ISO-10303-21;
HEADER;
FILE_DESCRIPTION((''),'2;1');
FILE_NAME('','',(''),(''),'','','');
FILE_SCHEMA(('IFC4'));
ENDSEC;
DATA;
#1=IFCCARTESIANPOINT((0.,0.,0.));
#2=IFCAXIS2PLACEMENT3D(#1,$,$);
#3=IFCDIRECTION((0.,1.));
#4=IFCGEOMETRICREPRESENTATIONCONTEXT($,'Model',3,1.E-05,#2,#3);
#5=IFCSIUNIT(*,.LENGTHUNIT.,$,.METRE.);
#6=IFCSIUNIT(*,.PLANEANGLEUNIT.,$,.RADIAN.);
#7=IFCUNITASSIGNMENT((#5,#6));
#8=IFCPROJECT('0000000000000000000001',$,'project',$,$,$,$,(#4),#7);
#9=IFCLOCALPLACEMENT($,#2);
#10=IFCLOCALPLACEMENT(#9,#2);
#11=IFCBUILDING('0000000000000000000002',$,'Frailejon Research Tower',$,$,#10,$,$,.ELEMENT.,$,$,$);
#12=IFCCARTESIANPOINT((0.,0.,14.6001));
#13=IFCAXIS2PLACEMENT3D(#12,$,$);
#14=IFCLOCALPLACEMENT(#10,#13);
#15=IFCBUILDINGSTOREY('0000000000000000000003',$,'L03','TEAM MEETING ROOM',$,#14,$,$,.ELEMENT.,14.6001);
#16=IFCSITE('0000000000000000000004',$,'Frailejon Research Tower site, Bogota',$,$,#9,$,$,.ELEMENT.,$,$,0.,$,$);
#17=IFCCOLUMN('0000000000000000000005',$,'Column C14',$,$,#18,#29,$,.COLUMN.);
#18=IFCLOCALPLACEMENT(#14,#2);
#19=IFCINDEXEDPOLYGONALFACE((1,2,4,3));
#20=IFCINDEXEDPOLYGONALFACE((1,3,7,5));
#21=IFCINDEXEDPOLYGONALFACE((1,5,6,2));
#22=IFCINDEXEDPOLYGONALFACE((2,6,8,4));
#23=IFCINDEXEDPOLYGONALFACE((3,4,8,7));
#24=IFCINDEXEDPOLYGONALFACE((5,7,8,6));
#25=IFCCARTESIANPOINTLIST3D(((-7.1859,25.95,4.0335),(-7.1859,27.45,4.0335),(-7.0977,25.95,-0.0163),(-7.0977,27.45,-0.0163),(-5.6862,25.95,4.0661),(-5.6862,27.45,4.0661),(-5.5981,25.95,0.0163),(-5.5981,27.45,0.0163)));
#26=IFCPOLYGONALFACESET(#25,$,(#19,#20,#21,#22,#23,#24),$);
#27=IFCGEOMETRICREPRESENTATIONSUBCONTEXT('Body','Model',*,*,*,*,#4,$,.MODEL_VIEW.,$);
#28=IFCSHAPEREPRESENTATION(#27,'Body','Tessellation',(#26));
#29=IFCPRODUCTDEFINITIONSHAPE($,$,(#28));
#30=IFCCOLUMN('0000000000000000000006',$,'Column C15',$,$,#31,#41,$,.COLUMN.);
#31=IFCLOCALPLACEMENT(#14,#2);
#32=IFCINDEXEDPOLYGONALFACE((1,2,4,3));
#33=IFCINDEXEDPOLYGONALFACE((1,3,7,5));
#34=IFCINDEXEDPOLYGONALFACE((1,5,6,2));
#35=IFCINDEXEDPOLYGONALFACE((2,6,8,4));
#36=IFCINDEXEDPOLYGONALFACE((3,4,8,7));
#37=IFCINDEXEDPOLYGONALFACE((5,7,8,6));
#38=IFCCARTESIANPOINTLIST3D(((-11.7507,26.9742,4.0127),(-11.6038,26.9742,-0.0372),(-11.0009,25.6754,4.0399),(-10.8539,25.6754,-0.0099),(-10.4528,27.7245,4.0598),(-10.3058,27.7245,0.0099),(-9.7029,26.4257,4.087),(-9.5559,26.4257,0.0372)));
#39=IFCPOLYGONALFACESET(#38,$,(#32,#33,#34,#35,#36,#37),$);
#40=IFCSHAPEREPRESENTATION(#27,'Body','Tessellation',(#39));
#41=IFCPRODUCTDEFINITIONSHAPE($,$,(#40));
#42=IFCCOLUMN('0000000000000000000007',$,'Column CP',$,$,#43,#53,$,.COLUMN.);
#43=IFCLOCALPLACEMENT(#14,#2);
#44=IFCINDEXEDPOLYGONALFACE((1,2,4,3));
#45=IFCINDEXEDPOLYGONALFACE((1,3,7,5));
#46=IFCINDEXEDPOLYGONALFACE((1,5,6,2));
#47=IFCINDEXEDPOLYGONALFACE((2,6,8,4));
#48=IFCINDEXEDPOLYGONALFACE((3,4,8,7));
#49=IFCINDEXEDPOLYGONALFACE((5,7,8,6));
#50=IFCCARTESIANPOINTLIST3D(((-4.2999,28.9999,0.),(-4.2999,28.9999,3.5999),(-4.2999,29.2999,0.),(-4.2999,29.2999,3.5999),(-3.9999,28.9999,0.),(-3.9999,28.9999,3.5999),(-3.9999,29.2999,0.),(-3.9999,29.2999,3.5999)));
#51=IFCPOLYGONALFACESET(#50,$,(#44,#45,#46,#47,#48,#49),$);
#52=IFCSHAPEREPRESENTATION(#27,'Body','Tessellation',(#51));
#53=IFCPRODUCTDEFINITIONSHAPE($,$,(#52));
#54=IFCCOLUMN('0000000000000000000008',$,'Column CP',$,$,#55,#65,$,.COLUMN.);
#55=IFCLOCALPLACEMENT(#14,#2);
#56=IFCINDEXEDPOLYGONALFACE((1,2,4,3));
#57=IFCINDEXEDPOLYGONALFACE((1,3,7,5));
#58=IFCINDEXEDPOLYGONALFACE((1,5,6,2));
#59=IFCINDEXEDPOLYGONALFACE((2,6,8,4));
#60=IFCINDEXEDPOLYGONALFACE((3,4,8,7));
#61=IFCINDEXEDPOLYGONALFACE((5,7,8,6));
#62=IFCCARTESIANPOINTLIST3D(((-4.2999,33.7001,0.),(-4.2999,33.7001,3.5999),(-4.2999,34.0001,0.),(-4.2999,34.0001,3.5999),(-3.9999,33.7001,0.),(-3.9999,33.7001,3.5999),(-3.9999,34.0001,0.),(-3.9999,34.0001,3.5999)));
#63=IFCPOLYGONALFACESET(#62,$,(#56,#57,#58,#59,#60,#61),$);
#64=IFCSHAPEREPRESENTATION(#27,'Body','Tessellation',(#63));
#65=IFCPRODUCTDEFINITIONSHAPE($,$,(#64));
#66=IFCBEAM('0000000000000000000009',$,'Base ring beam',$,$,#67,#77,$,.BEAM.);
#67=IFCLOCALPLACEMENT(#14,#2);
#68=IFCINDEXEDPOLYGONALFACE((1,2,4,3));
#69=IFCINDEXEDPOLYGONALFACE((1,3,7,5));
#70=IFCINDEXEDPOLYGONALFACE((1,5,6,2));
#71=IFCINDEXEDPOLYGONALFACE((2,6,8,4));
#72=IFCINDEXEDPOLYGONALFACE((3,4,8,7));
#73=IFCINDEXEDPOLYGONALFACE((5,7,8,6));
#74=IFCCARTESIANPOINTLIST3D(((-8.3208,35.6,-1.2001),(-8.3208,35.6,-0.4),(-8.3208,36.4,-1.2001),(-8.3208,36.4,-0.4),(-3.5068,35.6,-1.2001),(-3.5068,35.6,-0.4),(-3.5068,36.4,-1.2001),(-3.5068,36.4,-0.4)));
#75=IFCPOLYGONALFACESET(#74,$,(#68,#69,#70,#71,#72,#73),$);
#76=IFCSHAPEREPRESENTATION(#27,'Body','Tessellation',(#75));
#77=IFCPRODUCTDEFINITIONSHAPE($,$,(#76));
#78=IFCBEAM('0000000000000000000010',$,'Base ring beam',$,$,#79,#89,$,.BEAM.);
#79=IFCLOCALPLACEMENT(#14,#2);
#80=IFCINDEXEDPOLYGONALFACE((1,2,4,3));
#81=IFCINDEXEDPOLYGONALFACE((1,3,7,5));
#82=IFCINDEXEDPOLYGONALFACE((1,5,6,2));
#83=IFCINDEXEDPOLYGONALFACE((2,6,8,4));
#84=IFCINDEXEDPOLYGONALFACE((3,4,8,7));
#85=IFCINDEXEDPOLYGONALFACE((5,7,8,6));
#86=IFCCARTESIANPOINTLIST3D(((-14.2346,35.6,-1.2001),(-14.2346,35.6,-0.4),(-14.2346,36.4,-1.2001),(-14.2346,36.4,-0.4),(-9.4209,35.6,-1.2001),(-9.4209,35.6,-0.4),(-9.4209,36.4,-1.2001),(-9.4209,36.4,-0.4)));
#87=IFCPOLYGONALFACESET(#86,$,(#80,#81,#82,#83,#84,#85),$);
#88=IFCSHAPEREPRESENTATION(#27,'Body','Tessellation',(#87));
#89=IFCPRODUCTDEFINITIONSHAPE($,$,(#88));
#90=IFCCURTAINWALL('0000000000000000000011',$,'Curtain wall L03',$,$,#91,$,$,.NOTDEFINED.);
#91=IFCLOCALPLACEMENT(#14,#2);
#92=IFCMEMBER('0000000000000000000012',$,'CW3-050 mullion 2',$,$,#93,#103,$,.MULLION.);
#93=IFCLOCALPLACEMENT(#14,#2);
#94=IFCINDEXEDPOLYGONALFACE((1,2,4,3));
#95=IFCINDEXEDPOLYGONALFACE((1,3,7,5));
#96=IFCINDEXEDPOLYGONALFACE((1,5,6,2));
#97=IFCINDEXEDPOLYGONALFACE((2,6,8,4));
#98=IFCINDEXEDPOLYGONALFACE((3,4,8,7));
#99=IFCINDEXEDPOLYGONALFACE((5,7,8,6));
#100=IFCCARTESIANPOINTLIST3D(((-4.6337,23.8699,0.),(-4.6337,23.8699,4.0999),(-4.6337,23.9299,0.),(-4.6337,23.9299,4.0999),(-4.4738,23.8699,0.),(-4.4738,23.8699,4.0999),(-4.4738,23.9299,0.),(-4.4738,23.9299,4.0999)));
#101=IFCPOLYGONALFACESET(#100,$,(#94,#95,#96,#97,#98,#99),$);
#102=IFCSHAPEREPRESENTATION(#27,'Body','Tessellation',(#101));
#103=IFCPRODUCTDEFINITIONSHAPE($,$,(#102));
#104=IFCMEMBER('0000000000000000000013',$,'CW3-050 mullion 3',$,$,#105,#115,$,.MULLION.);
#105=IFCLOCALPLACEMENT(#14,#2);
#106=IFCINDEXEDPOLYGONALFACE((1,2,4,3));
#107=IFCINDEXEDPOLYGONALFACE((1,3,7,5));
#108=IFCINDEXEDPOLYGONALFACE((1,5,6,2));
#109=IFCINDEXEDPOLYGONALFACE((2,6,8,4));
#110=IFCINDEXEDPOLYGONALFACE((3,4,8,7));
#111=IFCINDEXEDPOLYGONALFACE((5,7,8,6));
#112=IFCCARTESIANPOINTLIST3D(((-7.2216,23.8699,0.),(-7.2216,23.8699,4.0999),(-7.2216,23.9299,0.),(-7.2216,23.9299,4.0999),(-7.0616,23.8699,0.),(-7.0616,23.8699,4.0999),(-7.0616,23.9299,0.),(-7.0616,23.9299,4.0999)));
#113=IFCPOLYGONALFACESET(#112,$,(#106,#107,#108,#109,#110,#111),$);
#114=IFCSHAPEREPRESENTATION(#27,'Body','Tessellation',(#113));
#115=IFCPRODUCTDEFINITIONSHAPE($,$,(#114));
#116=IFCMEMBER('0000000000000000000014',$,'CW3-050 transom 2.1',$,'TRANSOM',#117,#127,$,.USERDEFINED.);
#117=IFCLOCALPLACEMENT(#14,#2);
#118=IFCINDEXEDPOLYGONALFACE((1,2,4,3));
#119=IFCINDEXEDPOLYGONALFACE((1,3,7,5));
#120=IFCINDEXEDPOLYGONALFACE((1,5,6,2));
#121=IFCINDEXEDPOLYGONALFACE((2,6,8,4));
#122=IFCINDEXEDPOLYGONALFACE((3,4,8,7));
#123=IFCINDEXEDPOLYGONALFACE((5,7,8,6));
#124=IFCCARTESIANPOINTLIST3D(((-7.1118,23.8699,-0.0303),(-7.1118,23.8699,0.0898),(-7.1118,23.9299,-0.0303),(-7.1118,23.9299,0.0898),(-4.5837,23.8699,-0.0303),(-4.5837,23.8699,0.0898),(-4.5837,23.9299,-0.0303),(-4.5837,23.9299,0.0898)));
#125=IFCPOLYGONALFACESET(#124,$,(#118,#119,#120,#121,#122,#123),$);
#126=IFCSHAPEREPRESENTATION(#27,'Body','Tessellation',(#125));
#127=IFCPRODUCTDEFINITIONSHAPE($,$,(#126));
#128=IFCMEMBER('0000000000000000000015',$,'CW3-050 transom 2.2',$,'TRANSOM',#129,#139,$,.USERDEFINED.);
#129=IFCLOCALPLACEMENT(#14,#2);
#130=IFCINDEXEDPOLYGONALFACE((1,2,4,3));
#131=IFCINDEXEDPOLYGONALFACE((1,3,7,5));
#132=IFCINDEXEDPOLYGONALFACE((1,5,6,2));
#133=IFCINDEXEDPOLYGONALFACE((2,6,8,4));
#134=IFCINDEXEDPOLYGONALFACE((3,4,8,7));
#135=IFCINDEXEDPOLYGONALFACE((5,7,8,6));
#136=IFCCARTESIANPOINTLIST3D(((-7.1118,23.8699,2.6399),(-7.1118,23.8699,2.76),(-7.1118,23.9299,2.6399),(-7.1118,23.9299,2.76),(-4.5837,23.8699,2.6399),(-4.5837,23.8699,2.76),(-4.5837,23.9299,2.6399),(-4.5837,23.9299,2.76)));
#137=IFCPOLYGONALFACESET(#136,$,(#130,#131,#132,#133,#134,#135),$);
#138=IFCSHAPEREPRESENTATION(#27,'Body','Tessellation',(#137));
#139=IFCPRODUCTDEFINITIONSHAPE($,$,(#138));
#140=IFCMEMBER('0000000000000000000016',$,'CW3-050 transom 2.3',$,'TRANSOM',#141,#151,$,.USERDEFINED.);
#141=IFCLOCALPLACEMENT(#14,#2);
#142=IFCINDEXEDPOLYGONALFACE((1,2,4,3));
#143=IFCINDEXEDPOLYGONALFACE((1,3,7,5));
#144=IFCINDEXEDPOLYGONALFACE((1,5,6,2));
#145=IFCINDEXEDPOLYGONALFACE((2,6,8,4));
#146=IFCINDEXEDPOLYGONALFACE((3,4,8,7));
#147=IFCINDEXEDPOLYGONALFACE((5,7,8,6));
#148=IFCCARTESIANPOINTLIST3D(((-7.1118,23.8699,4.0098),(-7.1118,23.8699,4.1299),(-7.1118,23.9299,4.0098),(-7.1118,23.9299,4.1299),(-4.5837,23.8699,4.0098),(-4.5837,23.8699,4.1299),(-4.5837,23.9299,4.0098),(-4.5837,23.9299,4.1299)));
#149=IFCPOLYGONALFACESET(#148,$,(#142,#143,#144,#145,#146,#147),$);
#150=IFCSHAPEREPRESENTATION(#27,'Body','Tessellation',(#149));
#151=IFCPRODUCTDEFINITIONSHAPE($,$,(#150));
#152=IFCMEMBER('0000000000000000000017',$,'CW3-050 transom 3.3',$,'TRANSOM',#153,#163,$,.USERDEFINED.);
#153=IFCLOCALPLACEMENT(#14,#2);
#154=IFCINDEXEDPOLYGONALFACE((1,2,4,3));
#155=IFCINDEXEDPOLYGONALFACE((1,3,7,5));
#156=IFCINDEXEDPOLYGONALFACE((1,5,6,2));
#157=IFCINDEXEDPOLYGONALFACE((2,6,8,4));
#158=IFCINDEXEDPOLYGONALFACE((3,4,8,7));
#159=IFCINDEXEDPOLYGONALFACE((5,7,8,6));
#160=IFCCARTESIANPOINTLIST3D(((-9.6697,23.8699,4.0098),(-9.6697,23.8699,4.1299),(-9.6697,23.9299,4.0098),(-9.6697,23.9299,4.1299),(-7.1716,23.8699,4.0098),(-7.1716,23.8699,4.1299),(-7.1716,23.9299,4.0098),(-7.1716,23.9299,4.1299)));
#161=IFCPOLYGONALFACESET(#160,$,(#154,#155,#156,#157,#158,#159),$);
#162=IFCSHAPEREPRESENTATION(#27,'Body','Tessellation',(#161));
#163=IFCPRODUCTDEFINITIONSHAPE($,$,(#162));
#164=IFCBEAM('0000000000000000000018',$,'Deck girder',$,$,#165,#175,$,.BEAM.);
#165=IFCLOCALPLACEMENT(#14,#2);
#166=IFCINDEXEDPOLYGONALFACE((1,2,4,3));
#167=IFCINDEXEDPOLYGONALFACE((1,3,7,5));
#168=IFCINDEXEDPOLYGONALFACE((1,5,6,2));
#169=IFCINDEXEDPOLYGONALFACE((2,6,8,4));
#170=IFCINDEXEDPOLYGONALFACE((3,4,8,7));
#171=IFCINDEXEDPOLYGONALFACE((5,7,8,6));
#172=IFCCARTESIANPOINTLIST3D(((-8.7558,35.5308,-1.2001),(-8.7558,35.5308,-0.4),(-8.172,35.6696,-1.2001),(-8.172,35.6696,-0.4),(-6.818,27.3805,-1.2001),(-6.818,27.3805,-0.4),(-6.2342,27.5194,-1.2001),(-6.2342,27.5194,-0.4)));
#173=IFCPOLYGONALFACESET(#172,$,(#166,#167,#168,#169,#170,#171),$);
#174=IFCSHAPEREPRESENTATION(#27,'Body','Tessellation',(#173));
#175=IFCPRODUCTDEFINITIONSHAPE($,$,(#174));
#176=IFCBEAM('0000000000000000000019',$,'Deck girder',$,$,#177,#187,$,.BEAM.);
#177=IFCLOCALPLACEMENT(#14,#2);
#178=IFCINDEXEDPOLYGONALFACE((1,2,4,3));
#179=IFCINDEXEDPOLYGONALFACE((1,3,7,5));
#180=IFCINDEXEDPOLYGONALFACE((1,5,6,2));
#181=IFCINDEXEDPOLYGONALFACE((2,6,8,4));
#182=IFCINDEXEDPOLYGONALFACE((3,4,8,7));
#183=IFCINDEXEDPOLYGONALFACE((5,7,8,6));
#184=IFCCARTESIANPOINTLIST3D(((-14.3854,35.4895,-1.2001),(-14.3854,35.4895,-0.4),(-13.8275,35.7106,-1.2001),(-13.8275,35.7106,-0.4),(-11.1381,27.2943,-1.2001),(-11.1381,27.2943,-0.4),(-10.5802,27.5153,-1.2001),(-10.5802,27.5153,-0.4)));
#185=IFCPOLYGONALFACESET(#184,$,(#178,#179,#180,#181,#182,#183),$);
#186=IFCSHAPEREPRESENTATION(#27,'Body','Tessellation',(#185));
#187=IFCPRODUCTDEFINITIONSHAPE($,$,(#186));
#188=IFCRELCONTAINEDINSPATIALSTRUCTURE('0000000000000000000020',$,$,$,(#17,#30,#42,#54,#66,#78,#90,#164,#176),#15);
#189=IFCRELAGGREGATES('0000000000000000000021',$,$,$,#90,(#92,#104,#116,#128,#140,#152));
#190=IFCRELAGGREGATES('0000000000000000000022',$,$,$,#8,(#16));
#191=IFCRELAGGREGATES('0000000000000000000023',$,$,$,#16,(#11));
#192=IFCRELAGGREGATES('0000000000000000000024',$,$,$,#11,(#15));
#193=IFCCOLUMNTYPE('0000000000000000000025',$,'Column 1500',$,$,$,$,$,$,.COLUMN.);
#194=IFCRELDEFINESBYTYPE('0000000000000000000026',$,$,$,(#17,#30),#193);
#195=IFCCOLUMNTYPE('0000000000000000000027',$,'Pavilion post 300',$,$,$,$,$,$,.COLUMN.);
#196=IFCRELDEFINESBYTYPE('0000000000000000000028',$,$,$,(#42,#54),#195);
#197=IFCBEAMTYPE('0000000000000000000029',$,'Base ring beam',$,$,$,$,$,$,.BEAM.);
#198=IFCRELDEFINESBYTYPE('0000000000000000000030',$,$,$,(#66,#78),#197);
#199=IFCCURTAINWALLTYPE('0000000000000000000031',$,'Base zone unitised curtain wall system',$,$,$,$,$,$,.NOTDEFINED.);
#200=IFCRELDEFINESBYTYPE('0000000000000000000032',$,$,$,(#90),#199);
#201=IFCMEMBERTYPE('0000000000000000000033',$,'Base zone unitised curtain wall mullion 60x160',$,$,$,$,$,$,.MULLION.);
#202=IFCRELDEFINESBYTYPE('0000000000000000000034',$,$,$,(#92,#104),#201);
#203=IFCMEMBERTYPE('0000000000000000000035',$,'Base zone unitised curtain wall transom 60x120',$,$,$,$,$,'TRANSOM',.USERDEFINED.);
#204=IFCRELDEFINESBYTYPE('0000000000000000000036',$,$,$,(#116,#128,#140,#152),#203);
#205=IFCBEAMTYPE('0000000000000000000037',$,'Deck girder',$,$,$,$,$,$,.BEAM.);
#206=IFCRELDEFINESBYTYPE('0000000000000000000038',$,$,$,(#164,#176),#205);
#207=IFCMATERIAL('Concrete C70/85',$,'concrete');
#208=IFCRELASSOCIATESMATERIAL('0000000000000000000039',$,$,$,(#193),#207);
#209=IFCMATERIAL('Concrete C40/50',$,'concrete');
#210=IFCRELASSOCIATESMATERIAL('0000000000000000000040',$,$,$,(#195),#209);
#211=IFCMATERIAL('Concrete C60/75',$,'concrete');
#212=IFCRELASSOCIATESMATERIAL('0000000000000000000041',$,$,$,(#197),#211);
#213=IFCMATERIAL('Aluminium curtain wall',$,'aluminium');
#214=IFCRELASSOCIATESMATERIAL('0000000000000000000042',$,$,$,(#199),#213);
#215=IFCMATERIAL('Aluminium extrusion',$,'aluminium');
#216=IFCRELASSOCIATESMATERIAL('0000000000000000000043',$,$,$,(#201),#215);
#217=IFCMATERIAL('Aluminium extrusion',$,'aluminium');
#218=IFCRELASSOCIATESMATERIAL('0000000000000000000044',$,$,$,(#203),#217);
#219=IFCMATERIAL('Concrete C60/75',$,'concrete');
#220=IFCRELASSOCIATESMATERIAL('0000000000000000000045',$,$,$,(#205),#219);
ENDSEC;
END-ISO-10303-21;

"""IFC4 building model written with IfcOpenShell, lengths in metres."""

from ifc_helpers import new_model, si_unit, direction, frame, origin, origin_2d, place, context, subcontext, project, spatial, rectangle, extrude, material, material_profile, profile_set, type_object, element, aggregate, save


model = new_model("IFC4")

# Units and contexts
model_context = context("Model", 3, precision=1e-05, world=origin(), true_north=direction((0.0, 1.0)))
body_context = subcontext(model_context, "Body", "Model", "MODEL_VIEW")
ifc_project = project(units=[si_unit("LENGTHUNIT", "METRE"), si_unit("PLANEANGLEUNIT", "RADIAN")], contexts=[model_context])

# Site, building, storey
site_placement = place(None, origin())
site = spatial("IfcSite", under=ifc_project, at=site_placement, Name="Frailejon Research Tower site, Bogota", CompositionType="ELEMENT", RefElevation=0.0)
building_placement = place(site_placement, origin())
building = spatial("IfcBuilding", under=site, at=building_placement, Name="Frailejon Research Tower", CompositionType="ELEMENT")
storey_placement = place(building_placement, frame((0.0, 0.0, 14.6001)))
storey = spatial("IfcBuildingStorey", under=building, at=storey_placement, Name="L03", Description="TEAM MEETING ROOM", CompositionType="ELEMENT", Elevation=14.6001)

# Columns
ifc_material_1 = material(Name="Concrete C70/85", Category="concrete")
ifc_material_profile_1 = material_profile(ifc_material_1, rectangle(XDim=1.5, YDim=1.5, at=origin_2d()), Name="Column 1500")
ifc_profile_set_1 = profile_set([ifc_material_profile_1], Name="Concrete C70/85")
column_type_1 = type_object("IfcColumnType", Name="Column 1500", PredefinedType="COLUMN", material=ifc_profile_set_1)
column_1_placement = place(storey_placement, frame((-6.3479, 26.7, 0.0), z_axis=(-0.021758, 0.0, 0.999763), x_axis=(-0.999763, 0.0, -0.021758)))
element("IfcColumn", 1, at=column_1_placement, inside=storey, type_object=column_type_1, Name="Column C14", PredefinedType="COLUMN", context=body_context, shape_type="SweptSolid", body=[
    extrude(rectangle(XDim=1.5, YDim=1.5, at=origin_2d()), origin(), (0.0, 0.0, 1.0), 4.0508),
])
column_2_placement = place(storey_placement, frame((-10.5798, 26.7, 0.0), z_axis=(-0.036267, 0.0, 0.999342), x_axis=(-0.865313, -0.500246, -0.031403)))
element("IfcColumn", 2, at=column_2_placement, inside=storey, type_object=column_type_1, Name="Column C15", PredefinedType="COLUMN", context=body_context, shape_type="SweptSolid", body=[
    extrude(rectangle(XDim=1.5, YDim=1.5, at=origin_2d()), origin(), (0.0, 0.0, 1.0), 4.0525),
])
ifc_material_2 = material(Name="Concrete C40/50", Category="concrete")
ifc_material_profile_2 = material_profile(ifc_material_2, rectangle(XDim=0.3, YDim=0.3, at=origin_2d()), Name="Pavilion post 300")
ifc_profile_set_2 = profile_set([ifc_material_profile_2], Name="Concrete C40/50")
column_type_2 = type_object("IfcColumnType", Name="Pavilion post 300", PredefinedType="COLUMN", material=ifc_profile_set_2)
for number, where, z_axis, x_axis, name in (
    (3, (-4.1499, 29.1499, 0.0), (0.0, 0.0, 1.0), (1.0, 0.0, 0.0), "Column CP"),
    (4, (-4.1499, 33.8501, 0.0), (0.0, 0.0, 1.0), (1.0, 0.0, 0.0), "Column CP"),
):
    element("IfcColumn", number, at=place(storey_placement, frame(where, z_axis=z_axis, x_axis=x_axis)), inside=storey, type_object=column_type_2, Name=name, PredefinedType="COLUMN", context=body_context, shape_type="SweptSolid", body=[
        extrude(rectangle(XDim=0.3, YDim=0.3, at=origin_2d()), origin(), (0.0, 0.0, 1.0), 3.5999),
    ])

# Beams
ifc_material_3 = material(Name="Concrete C60/75", Category="concrete")
ifc_material_profile_3 = material_profile(ifc_material_3, rectangle(XDim=0.8, YDim=0.8, at=origin_2d()), Name="Base ring beam")
ifc_profile_set_3 = profile_set([ifc_material_profile_3], Name="Concrete C60/75")
beam_type_1 = type_object("IfcBeamType", Name="Base ring beam", PredefinedType="BEAM", material=ifc_profile_set_3)
beam_1_placement = place(storey_placement, frame((-3.5068, 36.0, -0.8), z_axis=(-1.0, 0.0, 0.0), x_axis=(0.0, -1.0, 0.0)))
element("IfcBeam", 5, at=beam_1_placement, inside=storey, type_object=beam_type_1, Name="Base ring beam", PredefinedType="BEAM", context=body_context, shape_type="SweptSolid", body=[
    extrude(rectangle(XDim=0.8, YDim=0.8, at=origin_2d()), origin(), (0.0, 0.0, 1.0), 4.814),
])
beam_2_placement = place(storey_placement, frame((-9.4209, 36.0, -0.8), z_axis=(-1.0, 0.0, 0.0), x_axis=(0.0, -1.0, 0.0)))
element("IfcBeam", 6, at=beam_2_placement, inside=storey, type_object=beam_type_1, Name="Base ring beam", PredefinedType="BEAM", context=body_context, shape_type="SweptSolid", body=[
    extrude(rectangle(XDim=0.8, YDim=0.8, at=origin_2d()), origin(), (0.0, 0.0, 1.0), 4.8137),
])

# Curtain wall, members
ifc_material_4 = material(Name="Aluminium curtain wall", Category="aluminium")
curtain_wall_type = type_object("IfcCurtainWallType", Name="Base zone unitised curtain wall system", PredefinedType="NOTDEFINED", material=ifc_material_4)
curtain_wall_placement = place(storey_placement, origin())
curtain_wall = element("IfcCurtainWall", 7, at=curtain_wall_placement, inside=storey, type_object=curtain_wall_type, Name="Curtain wall L03", PredefinedType="NOTDEFINED")
ifc_material_5 = material(Name="Aluminium extrusion", Category="aluminium")
ifc_material_profile_4 = material_profile(ifc_material_5, rectangle(XDim=0.0601, YDim=0.1599, at=origin_2d()), Name="Base zone unitised curtain wall mullion 60x160")
ifc_profile_set_4 = profile_set([ifc_material_profile_4], Name="Aluminium extrusion")
member_type_1 = type_object("IfcMemberType", Name="Base zone unitised curtain wall mullion 60x160", PredefinedType="MULLION", material=ifc_profile_set_4)
member_1_placement = place(storey_placement, frame((-4.5537, 23.8999, 0.0), z_axis=(0.0, 0.0, 1.0), x_axis=(0.0, -1.0, 0.0)))
member_1 = element("IfcMember", 8, at=member_1_placement, type_object=member_type_1, Name="CW3-050 mullion 2", PredefinedType="MULLION", context=body_context, shape_type="SweptSolid", body=[
    extrude(rectangle(XDim=0.0601, YDim=0.1599, at=origin_2d()), origin(), (0.0, 0.0, 1.0), 4.0999),
])
member_2_placement = place(storey_placement, frame((-7.1416, 23.8999, 0.0), z_axis=(0.0, 0.0, 1.0), x_axis=(0.0, -1.0, 0.0)))
member_2 = element("IfcMember", 9, at=member_2_placement, type_object=member_type_1, Name="CW3-050 mullion 3", PredefinedType="MULLION", context=body_context, shape_type="SweptSolid", body=[
    extrude(rectangle(XDim=0.0601, YDim=0.1599, at=origin_2d()), origin(), (0.0, 0.0, 1.0), 4.0999),
])
ifc_material_6 = material(Name="Aluminium extrusion", Category="aluminium")
ifc_material_profile_5 = material_profile(ifc_material_6, rectangle(XDim=0.0601, YDim=0.1201, at=origin_2d()), Name="Base zone unitised curtain wall transom 60x120")
ifc_profile_set_5 = profile_set([ifc_material_profile_5], Name="Aluminium extrusion")
member_type_2 = type_object("IfcMemberType", Name="Base zone unitised curtain wall transom 60x120", ElementType="TRANSOM", PredefinedType="USERDEFINED", material=ifc_profile_set_5)
member_3_placement = place(storey_placement, frame((-4.5837, 23.8999, 0.0298), z_axis=(-1.0, 0.0, 0.0), x_axis=(0.0, -1.0, 0.0)))
member_3 = element("IfcMember", 10, at=member_3_placement, type_object=member_type_2, Name="CW3-050 transom 2.1", ObjectType="TRANSOM", PredefinedType="USERDEFINED", context=body_context, shape_type="SweptSolid", body=[
    extrude(rectangle(XDim=0.0601, YDim=0.1201, at=origin_2d()), origin(), (0.0, 0.0, 1.0), 2.5281),
])
member_4_placement = place(storey_placement, frame((-4.5837, 23.8999, 2.7), z_axis=(-1.0, 0.0, 0.0), x_axis=(0.0, -1.0, 0.0)))
member_4 = element("IfcMember", 11, at=member_4_placement, type_object=member_type_2, Name="CW3-050 transom 2.2", ObjectType="TRANSOM", PredefinedType="USERDEFINED", context=body_context, shape_type="SweptSolid", body=[
    extrude(rectangle(XDim=0.0601, YDim=0.1201, at=origin_2d()), origin(), (0.0, 0.0, 1.0), 2.5281),
])
member_5_placement = place(storey_placement, frame((-4.5837, 23.8999, 4.0698), z_axis=(-1.0, 0.0, 0.0), x_axis=(0.0, -1.0, 0.0)))
member_5 = element("IfcMember", 12, at=member_5_placement, type_object=member_type_2, Name="CW3-050 transom 2.3", ObjectType="TRANSOM", PredefinedType="USERDEFINED", context=body_context, shape_type="SweptSolid", body=[
    extrude(rectangle(XDim=0.0601, YDim=0.1201, at=origin_2d()), origin(), (0.0, 0.0, 1.0), 2.5281),
])
member_6_placement = place(storey_placement, frame((-7.1716, 23.8999, 4.0698), z_axis=(-1.0, 0.0, 0.0), x_axis=(0.0, -1.0, 0.0)))
member_6 = element("IfcMember", 13, at=member_6_placement, type_object=member_type_2, Name="CW3-050 transom 3.3", ObjectType="TRANSOM", PredefinedType="USERDEFINED", context=body_context, shape_type="SweptSolid", body=[
    extrude(rectangle(XDim=0.0601, YDim=0.1201, at=origin_2d()), origin(), (0.0, 0.0, 1.0), 2.498),
])

# Beams
ifc_material_7 = material(Name="Concrete C60/75", Category="concrete")
ifc_material_profile_6 = material_profile(ifc_material_7, rectangle(XDim=0.6001, YDim=0.8, at=origin_2d()), Name="Deck girder")
ifc_profile_set_6 = profile_set([ifc_material_profile_6], Name="Concrete C60/75")
beam_type_2 = type_object("IfcBeamType", Name="Deck girder", PredefinedType="BEAM", material=ifc_profile_set_6)
beam_3_placement = place(storey_placement, frame((-6.5261, 27.45, -0.8), z_axis=(-0.231308, 0.972881, 0.0), x_axis=(-0.972881, -0.231308, 0.0)))
element("IfcBeam", 14, at=beam_3_placement, inside=storey, type_object=beam_type_2, Name="Deck girder", PredefinedType="BEAM", context=body_context, shape_type="SweptSolid", body=[
    extrude(rectangle(XDim=0.6001, YDim=0.8, at=origin_2d()), origin(), (0.0, 0.0, 1.0), 8.3774),
])
beam_4_placement = place(storey_placement, frame((-10.8591, 27.4048, -0.8), z_axis=(-0.368376, 0.929677, 0.0), x_axis=(-0.929677, -0.368376, 0.0)))
element("IfcBeam", 15, at=beam_4_placement, inside=storey, type_object=beam_type_2, Name="Deck girder", PredefinedType="BEAM", context=body_context, shape_type="SweptSolid", body=[
    extrude(rectangle(XDim=0.6001, YDim=0.8, at=origin_2d()), origin(), (0.0, 0.0, 1.0), 8.8152),
])

aggregate(curtain_wall, [member_1, member_2, member_3, member_4, member_5, member_6])

save(model, "model.ifc")
